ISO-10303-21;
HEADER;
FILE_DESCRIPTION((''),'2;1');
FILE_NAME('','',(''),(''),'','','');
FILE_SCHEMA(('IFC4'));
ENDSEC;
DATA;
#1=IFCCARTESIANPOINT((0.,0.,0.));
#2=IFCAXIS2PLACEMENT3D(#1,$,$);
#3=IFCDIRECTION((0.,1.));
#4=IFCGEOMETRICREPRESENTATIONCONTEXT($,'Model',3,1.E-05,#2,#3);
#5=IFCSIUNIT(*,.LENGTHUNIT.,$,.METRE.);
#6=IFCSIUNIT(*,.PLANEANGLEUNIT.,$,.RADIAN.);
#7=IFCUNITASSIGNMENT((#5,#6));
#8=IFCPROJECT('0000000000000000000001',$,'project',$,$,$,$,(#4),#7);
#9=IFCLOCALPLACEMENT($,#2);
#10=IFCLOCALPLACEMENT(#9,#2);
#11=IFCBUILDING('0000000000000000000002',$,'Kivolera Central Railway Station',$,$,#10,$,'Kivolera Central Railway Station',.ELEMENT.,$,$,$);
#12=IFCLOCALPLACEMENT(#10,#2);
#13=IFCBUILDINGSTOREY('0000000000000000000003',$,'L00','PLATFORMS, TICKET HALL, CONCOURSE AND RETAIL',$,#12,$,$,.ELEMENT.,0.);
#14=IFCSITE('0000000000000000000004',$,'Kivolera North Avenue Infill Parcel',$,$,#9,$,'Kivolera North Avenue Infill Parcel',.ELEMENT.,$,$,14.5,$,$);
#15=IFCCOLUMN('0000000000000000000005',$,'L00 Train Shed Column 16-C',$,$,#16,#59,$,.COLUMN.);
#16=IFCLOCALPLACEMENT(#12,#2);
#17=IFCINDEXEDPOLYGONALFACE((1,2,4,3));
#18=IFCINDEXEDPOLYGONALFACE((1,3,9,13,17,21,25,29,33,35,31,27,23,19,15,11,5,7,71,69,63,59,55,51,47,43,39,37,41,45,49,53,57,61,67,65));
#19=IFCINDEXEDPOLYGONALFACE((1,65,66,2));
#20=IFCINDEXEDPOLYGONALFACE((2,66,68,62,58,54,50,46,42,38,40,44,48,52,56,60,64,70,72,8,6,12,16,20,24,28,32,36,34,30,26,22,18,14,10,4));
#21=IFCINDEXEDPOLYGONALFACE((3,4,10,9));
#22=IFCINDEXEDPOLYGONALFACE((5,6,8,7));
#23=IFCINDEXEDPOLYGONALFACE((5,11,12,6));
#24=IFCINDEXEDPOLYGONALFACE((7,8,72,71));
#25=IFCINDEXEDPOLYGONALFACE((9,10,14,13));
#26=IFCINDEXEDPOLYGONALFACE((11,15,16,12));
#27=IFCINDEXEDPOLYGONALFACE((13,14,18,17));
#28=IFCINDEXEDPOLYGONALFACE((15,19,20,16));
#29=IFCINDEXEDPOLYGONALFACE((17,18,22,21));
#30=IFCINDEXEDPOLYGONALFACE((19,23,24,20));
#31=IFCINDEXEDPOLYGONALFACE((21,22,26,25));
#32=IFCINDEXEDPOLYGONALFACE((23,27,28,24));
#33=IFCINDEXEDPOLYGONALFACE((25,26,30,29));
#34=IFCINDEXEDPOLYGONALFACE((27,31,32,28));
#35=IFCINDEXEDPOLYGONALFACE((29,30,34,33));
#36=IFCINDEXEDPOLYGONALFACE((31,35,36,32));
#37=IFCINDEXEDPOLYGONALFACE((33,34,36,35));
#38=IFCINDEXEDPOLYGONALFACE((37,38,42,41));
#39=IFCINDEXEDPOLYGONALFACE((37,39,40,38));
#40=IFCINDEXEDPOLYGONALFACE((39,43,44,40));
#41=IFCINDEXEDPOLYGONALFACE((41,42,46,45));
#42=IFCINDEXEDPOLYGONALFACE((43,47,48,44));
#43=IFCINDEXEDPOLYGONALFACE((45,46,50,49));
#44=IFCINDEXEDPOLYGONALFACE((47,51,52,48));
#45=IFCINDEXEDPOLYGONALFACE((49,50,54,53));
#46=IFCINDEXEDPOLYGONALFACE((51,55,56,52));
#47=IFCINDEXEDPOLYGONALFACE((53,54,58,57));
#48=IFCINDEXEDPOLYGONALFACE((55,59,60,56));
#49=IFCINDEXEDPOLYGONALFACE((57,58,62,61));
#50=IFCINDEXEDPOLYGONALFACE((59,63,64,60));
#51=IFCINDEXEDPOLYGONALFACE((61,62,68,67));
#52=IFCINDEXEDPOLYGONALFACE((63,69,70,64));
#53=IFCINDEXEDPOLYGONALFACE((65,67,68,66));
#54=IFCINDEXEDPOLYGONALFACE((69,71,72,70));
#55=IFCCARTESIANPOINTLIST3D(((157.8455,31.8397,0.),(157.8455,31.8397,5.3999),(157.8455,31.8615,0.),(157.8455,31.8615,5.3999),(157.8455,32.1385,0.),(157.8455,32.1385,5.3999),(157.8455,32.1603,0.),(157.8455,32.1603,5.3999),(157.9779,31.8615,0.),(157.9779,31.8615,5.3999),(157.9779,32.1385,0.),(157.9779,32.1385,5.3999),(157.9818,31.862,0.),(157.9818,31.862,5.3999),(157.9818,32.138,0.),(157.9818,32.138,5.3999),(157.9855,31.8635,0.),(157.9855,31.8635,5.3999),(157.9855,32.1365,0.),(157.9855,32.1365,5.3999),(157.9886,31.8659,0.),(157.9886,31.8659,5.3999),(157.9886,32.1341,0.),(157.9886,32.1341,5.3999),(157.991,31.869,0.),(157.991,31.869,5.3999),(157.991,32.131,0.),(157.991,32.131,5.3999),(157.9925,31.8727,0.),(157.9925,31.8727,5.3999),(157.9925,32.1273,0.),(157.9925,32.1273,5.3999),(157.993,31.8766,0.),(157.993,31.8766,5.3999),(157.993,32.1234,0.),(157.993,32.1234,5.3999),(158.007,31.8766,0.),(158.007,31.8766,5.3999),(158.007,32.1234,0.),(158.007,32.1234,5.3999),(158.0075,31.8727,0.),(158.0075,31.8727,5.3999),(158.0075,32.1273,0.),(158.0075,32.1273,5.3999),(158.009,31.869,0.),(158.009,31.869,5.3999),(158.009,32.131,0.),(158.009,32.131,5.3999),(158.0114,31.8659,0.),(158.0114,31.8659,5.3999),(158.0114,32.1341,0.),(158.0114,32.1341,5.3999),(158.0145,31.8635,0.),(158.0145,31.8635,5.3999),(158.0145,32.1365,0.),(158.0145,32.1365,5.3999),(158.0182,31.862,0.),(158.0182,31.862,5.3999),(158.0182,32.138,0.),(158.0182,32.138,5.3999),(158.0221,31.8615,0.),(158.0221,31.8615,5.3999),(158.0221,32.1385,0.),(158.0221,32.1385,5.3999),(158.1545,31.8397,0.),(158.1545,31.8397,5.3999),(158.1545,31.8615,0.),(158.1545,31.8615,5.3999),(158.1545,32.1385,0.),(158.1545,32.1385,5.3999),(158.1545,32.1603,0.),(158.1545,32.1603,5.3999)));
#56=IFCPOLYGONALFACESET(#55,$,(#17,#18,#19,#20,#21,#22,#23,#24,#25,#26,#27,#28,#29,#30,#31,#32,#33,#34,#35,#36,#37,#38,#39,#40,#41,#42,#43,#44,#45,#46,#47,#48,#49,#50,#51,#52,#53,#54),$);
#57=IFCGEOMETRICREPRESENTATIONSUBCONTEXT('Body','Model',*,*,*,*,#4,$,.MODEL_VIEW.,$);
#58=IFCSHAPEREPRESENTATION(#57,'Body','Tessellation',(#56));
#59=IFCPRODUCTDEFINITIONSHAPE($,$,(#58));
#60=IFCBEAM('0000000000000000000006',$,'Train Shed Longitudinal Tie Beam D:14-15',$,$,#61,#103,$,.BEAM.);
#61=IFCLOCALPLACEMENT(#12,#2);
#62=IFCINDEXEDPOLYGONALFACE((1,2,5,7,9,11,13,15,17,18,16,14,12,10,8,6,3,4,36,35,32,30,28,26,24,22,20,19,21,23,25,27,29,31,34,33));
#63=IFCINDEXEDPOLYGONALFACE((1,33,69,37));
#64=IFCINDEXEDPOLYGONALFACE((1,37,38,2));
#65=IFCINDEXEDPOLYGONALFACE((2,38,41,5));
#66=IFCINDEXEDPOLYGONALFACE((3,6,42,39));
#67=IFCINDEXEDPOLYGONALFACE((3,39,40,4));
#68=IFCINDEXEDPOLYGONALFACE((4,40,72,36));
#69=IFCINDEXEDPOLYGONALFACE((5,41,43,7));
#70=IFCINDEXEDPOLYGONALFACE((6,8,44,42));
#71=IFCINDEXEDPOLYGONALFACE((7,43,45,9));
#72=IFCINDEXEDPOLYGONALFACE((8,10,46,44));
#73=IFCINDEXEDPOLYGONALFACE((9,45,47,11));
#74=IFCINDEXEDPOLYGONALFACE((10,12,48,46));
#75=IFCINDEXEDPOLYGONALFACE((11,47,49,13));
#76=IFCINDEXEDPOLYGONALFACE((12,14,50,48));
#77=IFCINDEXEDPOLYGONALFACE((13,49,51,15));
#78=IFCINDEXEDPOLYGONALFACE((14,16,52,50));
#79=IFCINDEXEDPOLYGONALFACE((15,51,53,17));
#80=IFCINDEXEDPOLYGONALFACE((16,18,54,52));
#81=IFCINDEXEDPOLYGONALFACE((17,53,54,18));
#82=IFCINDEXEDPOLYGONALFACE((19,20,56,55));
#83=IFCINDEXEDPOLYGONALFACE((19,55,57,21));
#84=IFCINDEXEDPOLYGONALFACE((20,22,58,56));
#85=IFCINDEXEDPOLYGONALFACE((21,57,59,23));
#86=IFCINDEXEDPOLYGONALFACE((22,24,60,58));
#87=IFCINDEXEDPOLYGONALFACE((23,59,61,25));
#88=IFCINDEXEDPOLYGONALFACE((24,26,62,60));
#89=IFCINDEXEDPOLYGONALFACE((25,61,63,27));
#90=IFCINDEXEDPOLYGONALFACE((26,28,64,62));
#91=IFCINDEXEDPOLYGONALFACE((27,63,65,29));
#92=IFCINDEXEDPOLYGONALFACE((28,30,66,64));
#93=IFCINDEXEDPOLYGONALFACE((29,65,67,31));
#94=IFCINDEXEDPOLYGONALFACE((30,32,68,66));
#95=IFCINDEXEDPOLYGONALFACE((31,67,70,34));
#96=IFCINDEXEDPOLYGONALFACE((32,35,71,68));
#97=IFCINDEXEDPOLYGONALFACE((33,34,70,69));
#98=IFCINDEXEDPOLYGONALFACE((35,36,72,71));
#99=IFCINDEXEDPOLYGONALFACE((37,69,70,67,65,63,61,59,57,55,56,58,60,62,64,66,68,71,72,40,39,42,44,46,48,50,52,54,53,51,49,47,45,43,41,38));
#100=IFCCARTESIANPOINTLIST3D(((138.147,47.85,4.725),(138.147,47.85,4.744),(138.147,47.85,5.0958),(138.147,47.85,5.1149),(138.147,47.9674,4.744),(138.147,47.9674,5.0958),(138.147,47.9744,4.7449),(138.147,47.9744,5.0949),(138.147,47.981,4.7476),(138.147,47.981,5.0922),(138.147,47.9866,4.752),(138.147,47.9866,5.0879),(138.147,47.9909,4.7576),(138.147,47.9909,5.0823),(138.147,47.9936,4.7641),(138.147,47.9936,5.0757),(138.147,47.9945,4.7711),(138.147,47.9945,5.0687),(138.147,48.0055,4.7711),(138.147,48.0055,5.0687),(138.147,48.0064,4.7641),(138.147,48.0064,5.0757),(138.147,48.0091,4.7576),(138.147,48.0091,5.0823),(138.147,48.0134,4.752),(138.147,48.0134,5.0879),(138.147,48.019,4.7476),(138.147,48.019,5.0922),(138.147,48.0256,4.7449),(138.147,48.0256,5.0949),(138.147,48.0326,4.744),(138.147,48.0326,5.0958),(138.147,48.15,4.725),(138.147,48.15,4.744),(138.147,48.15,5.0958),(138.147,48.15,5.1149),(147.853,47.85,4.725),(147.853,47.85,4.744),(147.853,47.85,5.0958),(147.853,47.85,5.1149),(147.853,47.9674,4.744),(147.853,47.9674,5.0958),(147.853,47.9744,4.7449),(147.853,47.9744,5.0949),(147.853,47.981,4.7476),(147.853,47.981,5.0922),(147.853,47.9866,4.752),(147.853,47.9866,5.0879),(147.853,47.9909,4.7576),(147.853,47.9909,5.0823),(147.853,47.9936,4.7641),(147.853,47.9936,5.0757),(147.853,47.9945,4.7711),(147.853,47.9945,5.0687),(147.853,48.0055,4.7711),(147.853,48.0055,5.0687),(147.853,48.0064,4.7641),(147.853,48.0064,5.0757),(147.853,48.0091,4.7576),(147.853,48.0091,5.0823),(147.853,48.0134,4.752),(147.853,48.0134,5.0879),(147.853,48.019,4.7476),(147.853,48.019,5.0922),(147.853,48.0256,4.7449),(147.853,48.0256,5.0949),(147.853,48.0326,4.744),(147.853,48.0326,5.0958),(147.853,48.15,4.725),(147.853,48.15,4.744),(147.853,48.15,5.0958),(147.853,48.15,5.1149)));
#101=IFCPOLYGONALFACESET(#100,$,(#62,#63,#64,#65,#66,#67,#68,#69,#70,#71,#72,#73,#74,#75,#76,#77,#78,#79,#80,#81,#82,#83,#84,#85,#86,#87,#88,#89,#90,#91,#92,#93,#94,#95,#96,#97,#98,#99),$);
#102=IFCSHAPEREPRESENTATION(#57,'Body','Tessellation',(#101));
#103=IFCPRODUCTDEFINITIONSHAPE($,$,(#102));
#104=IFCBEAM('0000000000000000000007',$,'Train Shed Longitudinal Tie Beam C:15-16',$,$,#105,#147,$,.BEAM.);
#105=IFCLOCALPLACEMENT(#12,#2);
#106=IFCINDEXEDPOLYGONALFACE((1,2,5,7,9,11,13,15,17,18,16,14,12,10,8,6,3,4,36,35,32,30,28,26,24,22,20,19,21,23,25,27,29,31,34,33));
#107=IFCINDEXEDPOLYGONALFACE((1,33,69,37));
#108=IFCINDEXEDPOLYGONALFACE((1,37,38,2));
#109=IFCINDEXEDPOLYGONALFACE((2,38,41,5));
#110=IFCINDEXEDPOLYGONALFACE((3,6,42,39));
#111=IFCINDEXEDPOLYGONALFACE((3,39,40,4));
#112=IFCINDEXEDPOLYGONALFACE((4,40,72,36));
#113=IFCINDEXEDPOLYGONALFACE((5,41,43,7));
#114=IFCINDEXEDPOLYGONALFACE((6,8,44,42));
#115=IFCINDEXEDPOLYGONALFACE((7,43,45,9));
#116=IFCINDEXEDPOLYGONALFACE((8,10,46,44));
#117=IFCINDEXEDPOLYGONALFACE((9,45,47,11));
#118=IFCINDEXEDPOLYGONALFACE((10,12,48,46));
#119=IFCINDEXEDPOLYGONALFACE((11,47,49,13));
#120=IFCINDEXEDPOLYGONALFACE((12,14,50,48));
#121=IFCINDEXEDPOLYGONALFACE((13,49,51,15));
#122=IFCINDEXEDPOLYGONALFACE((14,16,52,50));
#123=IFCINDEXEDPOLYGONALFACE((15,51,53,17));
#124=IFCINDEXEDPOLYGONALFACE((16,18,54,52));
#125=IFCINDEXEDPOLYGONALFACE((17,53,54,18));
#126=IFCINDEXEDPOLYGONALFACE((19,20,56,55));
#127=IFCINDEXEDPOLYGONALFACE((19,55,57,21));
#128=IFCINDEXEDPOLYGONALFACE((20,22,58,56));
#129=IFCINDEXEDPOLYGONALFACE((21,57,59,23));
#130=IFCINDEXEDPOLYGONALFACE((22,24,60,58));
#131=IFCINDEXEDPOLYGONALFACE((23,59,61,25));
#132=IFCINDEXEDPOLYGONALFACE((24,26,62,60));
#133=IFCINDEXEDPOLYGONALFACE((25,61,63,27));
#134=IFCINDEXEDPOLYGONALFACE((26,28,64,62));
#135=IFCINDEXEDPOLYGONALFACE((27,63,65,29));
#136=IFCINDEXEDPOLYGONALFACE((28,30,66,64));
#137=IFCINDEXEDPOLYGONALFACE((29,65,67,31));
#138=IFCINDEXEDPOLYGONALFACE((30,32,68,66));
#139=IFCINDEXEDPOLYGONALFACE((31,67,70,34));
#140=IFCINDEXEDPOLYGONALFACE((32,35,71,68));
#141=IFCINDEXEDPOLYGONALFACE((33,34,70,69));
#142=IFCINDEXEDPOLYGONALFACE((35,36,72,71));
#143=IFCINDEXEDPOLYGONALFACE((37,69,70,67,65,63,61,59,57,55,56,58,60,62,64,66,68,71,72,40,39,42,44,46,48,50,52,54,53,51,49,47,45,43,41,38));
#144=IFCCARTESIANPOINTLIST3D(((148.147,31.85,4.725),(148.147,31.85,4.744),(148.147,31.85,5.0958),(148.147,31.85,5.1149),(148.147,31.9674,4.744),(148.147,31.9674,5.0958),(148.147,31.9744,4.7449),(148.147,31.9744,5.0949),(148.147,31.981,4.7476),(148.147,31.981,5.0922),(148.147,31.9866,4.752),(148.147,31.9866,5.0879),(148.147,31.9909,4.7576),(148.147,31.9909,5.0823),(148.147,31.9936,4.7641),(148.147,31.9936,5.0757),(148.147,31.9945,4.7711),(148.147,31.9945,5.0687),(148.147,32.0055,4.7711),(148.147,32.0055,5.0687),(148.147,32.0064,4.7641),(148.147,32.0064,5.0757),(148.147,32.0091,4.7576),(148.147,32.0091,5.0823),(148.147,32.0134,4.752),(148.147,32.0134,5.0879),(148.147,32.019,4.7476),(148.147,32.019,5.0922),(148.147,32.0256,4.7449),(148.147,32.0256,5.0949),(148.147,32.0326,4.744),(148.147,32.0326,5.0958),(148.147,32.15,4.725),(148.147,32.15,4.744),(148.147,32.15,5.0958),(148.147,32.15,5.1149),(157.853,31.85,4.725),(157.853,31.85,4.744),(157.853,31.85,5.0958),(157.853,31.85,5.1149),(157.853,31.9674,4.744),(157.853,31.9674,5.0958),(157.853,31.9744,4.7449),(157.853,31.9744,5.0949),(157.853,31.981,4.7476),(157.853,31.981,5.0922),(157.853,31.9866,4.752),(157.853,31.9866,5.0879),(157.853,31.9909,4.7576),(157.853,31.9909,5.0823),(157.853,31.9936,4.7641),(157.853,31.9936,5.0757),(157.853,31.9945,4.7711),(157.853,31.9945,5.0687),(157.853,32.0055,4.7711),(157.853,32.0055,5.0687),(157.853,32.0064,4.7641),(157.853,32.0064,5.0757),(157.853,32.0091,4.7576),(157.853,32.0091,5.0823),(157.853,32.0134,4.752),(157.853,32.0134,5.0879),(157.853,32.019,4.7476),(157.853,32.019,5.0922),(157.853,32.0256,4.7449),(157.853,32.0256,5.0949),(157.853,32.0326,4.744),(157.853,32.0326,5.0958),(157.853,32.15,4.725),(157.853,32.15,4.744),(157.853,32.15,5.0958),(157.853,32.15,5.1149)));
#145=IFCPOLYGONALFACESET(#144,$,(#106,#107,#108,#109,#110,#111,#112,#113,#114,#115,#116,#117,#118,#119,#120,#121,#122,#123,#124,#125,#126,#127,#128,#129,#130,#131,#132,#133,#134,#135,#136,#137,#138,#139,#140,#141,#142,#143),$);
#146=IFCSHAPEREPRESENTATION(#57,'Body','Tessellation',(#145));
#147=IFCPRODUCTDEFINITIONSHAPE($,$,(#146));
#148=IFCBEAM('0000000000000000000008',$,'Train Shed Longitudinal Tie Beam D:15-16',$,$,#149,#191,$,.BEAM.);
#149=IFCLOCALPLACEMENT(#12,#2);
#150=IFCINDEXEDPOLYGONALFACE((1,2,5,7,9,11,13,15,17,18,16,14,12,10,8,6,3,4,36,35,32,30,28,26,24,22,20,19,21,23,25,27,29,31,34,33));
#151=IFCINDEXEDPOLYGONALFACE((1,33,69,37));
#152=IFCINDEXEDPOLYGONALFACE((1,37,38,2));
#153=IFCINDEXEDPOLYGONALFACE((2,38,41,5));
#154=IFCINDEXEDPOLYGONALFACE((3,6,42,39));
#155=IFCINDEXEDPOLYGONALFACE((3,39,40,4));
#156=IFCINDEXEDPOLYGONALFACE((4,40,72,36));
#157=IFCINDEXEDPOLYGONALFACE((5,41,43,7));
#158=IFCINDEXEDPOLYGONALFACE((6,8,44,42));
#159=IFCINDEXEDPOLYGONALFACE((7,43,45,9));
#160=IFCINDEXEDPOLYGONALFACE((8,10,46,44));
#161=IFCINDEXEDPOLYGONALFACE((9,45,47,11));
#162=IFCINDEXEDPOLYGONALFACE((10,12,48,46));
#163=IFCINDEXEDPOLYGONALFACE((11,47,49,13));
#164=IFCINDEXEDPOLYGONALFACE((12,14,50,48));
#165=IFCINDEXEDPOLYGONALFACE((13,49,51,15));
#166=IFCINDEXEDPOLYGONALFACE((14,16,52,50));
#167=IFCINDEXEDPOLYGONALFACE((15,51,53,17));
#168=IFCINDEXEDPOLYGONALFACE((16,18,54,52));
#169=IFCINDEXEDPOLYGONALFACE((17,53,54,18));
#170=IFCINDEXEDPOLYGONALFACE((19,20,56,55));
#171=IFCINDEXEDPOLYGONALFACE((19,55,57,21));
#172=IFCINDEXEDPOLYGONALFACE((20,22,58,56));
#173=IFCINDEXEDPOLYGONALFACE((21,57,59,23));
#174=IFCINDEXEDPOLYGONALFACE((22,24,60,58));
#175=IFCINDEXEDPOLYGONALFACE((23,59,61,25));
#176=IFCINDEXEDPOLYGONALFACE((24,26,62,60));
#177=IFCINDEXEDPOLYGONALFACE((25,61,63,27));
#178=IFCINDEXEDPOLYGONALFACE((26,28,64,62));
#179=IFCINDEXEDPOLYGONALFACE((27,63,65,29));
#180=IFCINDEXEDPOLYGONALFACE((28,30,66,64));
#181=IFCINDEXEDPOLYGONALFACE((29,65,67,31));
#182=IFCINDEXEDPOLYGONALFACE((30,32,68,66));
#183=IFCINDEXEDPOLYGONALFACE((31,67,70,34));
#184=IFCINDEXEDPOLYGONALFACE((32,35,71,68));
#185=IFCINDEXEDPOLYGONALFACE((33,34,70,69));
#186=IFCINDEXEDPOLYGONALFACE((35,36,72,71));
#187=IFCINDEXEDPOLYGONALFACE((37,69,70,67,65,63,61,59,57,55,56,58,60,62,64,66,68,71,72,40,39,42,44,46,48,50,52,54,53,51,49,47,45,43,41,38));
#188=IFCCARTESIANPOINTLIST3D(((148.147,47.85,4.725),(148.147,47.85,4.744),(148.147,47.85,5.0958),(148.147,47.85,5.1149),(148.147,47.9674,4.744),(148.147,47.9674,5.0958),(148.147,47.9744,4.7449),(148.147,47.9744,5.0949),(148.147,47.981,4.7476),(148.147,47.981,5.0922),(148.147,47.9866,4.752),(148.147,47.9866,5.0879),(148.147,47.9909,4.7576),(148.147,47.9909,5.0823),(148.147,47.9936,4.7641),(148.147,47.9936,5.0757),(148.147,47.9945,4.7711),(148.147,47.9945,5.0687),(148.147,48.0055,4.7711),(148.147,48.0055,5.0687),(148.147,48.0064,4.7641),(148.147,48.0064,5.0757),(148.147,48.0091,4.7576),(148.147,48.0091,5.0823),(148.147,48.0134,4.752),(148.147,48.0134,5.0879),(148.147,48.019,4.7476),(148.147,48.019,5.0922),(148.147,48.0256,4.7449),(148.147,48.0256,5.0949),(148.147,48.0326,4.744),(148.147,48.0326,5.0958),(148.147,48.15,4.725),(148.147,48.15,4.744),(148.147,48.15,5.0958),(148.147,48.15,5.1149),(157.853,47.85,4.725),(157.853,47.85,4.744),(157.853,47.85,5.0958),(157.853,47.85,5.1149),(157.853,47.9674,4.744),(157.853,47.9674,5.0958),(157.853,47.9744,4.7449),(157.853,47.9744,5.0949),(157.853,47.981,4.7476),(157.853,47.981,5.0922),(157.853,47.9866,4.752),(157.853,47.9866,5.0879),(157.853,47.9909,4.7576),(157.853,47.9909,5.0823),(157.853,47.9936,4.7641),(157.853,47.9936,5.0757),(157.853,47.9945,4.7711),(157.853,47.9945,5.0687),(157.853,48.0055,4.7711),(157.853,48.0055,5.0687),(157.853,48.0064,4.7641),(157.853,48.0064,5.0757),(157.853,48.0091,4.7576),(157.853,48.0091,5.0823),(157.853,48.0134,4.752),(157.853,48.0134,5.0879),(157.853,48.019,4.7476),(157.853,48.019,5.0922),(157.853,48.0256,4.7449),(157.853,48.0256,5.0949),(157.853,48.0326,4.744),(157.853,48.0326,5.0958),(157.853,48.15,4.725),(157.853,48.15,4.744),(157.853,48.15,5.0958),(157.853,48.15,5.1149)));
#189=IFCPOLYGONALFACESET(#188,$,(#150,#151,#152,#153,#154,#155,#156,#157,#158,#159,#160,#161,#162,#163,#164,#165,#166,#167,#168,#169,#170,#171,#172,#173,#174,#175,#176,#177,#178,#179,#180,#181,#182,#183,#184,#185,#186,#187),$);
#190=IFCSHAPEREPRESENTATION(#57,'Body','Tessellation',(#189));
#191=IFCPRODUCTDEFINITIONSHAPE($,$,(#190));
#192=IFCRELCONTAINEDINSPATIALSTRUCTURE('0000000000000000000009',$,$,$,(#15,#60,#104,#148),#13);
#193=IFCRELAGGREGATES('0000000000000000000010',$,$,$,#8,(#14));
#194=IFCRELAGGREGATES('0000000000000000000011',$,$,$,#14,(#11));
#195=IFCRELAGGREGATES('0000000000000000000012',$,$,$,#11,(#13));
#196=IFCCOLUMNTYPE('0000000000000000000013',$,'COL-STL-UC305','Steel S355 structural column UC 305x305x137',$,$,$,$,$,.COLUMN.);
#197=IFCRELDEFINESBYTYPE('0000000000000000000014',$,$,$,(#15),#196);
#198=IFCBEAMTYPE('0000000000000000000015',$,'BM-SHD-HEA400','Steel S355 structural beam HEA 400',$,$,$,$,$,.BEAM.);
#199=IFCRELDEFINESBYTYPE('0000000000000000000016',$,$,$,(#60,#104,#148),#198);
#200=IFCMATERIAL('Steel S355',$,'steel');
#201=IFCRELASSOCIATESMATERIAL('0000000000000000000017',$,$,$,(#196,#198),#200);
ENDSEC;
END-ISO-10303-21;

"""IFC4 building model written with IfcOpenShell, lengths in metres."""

from ifc_helpers import new_model, si_unit, direction, frame, origin, origin_2d, place, context, subcontext, project, spatial, i_section, extrude, material, material_profile, profile_set, type_object, element, save


model = new_model("IFC4")

# Units and contexts
model_context = context("Model", 3, precision=1e-05, world=origin(), true_north=direction((0.0, 1.0)))
body_context = subcontext(model_context, "Body", "Model", "MODEL_VIEW")
ifc_project = project(units=[si_unit("LENGTHUNIT", "METRE"), si_unit("PLANEANGLEUNIT", "RADIAN")], contexts=[model_context])

# Site, building, storey
site_placement = place(None, origin())
site = spatial("IfcSite", under=ifc_project, at=site_placement, Name="Kivolera North Avenue Infill Parcel", LongName="Kivolera North Avenue Infill Parcel", CompositionType="ELEMENT", RefElevation=14.5)
building_placement = place(site_placement, origin())
building = spatial("IfcBuilding", under=site, at=building_placement, Name="Kivolera Central Railway Station", LongName="Kivolera Central Railway Station", CompositionType="ELEMENT")
storey_placement = place(building_placement, origin())
storey = spatial("IfcBuildingStorey", under=building, at=storey_placement, Name="L00", Description="PLATFORMS, TICKET HALL, CONCOURSE AND RETAIL", CompositionType="ELEMENT", Elevation=0.0)

# Column
ifc_material_1 = material(Name="Steel S355", Category="steel")
ifc_material_profile_1 = material_profile(ifc_material_1, i_section(OverallWidth=0.3091, OverallDepth=0.3206, WebThickness=0.0139, FlangeThickness=0.0217, FilletRadius=0.0151, at=origin_2d()), Name="UC 305x305x137")
ifc_profile_set_1 = profile_set([ifc_material_profile_1], Name="Steel S355")
column_type = type_object("IfcColumnType", Name="COL-STL-UC305", Description="Steel S355 structural column UC 305x305x137", PredefinedType="COLUMN", material=ifc_profile_set_1)
for number, where, z_axis, x_axis, name in (
    (1, (158.0, 32.0, 0.0), (0.0, 0.0, 1.0), (1.0, 0.0, 0.0), "L00 Train Shed Column 16-C"),
):
    element("IfcColumn", number, at=place(storey_placement, frame(where, z_axis=z_axis, x_axis=x_axis)), inside=storey, type_object=column_type, Name=name, PredefinedType="COLUMN", context=body_context, shape_type="SweptSolid", body=[
        extrude(i_section(OverallWidth=0.3091, OverallDepth=0.3206, WebThickness=0.0139, FlangeThickness=0.0217, FilletRadius=0.0151, at=origin_2d()), origin(), (0.0, 0.0, 1.0), 5.3999),
    ])

# Beams
ifc_material_profile_2 = material_profile(ifc_material_1, i_section(OverallWidth=0.3, OverallDepth=0.3899, WebThickness=0.011, FlangeThickness=0.019, FilletRadius=0.0271, at=origin_2d()), Name="HEA 400")
ifc_profile_set_2 = profile_set([ifc_material_profile_2], Name="Steel S355")
beam_type = type_object("IfcBeamType", Name="BM-SHD-HEA400", Description="Steel S355 structural beam HEA 400", PredefinedType="BEAM", material=ifc_profile_set_2)
for number, where, z_axis, x_axis, name in (
    (2, (138.147, 48.0, 4.9199), (1.0, 0.0, 0.0), (0.0, 1.0, 0.0), "Train Shed Longitudinal Tie Beam D:14-15"),
    (3, (148.147, 32.0, 4.9199), (1.0, 0.0, 0.0), (0.0, 1.0, 0.0), "Train Shed Longitudinal Tie Beam C:15-16"),
    (4, (148.147, 48.0, 4.9199), (1.0, 0.0, 0.0), (0.0, 1.0, 0.0), "Train Shed Longitudinal Tie Beam D:15-16"),
):
    element("IfcBeam", number, at=place(storey_placement, frame(where, z_axis=z_axis, x_axis=x_axis)), inside=storey, type_object=beam_type, Name=name, PredefinedType="BEAM", context=body_context, shape_type="SweptSolid", body=[
        extrude(i_section(OverallWidth=0.3, OverallDepth=0.3899, WebThickness=0.011, FlangeThickness=0.019, FilletRadius=0.0271, at=origin_2d()), origin(), (0.0, 0.0, 1.0), 9.7061),
    ])

save(model, "model.ifc")
